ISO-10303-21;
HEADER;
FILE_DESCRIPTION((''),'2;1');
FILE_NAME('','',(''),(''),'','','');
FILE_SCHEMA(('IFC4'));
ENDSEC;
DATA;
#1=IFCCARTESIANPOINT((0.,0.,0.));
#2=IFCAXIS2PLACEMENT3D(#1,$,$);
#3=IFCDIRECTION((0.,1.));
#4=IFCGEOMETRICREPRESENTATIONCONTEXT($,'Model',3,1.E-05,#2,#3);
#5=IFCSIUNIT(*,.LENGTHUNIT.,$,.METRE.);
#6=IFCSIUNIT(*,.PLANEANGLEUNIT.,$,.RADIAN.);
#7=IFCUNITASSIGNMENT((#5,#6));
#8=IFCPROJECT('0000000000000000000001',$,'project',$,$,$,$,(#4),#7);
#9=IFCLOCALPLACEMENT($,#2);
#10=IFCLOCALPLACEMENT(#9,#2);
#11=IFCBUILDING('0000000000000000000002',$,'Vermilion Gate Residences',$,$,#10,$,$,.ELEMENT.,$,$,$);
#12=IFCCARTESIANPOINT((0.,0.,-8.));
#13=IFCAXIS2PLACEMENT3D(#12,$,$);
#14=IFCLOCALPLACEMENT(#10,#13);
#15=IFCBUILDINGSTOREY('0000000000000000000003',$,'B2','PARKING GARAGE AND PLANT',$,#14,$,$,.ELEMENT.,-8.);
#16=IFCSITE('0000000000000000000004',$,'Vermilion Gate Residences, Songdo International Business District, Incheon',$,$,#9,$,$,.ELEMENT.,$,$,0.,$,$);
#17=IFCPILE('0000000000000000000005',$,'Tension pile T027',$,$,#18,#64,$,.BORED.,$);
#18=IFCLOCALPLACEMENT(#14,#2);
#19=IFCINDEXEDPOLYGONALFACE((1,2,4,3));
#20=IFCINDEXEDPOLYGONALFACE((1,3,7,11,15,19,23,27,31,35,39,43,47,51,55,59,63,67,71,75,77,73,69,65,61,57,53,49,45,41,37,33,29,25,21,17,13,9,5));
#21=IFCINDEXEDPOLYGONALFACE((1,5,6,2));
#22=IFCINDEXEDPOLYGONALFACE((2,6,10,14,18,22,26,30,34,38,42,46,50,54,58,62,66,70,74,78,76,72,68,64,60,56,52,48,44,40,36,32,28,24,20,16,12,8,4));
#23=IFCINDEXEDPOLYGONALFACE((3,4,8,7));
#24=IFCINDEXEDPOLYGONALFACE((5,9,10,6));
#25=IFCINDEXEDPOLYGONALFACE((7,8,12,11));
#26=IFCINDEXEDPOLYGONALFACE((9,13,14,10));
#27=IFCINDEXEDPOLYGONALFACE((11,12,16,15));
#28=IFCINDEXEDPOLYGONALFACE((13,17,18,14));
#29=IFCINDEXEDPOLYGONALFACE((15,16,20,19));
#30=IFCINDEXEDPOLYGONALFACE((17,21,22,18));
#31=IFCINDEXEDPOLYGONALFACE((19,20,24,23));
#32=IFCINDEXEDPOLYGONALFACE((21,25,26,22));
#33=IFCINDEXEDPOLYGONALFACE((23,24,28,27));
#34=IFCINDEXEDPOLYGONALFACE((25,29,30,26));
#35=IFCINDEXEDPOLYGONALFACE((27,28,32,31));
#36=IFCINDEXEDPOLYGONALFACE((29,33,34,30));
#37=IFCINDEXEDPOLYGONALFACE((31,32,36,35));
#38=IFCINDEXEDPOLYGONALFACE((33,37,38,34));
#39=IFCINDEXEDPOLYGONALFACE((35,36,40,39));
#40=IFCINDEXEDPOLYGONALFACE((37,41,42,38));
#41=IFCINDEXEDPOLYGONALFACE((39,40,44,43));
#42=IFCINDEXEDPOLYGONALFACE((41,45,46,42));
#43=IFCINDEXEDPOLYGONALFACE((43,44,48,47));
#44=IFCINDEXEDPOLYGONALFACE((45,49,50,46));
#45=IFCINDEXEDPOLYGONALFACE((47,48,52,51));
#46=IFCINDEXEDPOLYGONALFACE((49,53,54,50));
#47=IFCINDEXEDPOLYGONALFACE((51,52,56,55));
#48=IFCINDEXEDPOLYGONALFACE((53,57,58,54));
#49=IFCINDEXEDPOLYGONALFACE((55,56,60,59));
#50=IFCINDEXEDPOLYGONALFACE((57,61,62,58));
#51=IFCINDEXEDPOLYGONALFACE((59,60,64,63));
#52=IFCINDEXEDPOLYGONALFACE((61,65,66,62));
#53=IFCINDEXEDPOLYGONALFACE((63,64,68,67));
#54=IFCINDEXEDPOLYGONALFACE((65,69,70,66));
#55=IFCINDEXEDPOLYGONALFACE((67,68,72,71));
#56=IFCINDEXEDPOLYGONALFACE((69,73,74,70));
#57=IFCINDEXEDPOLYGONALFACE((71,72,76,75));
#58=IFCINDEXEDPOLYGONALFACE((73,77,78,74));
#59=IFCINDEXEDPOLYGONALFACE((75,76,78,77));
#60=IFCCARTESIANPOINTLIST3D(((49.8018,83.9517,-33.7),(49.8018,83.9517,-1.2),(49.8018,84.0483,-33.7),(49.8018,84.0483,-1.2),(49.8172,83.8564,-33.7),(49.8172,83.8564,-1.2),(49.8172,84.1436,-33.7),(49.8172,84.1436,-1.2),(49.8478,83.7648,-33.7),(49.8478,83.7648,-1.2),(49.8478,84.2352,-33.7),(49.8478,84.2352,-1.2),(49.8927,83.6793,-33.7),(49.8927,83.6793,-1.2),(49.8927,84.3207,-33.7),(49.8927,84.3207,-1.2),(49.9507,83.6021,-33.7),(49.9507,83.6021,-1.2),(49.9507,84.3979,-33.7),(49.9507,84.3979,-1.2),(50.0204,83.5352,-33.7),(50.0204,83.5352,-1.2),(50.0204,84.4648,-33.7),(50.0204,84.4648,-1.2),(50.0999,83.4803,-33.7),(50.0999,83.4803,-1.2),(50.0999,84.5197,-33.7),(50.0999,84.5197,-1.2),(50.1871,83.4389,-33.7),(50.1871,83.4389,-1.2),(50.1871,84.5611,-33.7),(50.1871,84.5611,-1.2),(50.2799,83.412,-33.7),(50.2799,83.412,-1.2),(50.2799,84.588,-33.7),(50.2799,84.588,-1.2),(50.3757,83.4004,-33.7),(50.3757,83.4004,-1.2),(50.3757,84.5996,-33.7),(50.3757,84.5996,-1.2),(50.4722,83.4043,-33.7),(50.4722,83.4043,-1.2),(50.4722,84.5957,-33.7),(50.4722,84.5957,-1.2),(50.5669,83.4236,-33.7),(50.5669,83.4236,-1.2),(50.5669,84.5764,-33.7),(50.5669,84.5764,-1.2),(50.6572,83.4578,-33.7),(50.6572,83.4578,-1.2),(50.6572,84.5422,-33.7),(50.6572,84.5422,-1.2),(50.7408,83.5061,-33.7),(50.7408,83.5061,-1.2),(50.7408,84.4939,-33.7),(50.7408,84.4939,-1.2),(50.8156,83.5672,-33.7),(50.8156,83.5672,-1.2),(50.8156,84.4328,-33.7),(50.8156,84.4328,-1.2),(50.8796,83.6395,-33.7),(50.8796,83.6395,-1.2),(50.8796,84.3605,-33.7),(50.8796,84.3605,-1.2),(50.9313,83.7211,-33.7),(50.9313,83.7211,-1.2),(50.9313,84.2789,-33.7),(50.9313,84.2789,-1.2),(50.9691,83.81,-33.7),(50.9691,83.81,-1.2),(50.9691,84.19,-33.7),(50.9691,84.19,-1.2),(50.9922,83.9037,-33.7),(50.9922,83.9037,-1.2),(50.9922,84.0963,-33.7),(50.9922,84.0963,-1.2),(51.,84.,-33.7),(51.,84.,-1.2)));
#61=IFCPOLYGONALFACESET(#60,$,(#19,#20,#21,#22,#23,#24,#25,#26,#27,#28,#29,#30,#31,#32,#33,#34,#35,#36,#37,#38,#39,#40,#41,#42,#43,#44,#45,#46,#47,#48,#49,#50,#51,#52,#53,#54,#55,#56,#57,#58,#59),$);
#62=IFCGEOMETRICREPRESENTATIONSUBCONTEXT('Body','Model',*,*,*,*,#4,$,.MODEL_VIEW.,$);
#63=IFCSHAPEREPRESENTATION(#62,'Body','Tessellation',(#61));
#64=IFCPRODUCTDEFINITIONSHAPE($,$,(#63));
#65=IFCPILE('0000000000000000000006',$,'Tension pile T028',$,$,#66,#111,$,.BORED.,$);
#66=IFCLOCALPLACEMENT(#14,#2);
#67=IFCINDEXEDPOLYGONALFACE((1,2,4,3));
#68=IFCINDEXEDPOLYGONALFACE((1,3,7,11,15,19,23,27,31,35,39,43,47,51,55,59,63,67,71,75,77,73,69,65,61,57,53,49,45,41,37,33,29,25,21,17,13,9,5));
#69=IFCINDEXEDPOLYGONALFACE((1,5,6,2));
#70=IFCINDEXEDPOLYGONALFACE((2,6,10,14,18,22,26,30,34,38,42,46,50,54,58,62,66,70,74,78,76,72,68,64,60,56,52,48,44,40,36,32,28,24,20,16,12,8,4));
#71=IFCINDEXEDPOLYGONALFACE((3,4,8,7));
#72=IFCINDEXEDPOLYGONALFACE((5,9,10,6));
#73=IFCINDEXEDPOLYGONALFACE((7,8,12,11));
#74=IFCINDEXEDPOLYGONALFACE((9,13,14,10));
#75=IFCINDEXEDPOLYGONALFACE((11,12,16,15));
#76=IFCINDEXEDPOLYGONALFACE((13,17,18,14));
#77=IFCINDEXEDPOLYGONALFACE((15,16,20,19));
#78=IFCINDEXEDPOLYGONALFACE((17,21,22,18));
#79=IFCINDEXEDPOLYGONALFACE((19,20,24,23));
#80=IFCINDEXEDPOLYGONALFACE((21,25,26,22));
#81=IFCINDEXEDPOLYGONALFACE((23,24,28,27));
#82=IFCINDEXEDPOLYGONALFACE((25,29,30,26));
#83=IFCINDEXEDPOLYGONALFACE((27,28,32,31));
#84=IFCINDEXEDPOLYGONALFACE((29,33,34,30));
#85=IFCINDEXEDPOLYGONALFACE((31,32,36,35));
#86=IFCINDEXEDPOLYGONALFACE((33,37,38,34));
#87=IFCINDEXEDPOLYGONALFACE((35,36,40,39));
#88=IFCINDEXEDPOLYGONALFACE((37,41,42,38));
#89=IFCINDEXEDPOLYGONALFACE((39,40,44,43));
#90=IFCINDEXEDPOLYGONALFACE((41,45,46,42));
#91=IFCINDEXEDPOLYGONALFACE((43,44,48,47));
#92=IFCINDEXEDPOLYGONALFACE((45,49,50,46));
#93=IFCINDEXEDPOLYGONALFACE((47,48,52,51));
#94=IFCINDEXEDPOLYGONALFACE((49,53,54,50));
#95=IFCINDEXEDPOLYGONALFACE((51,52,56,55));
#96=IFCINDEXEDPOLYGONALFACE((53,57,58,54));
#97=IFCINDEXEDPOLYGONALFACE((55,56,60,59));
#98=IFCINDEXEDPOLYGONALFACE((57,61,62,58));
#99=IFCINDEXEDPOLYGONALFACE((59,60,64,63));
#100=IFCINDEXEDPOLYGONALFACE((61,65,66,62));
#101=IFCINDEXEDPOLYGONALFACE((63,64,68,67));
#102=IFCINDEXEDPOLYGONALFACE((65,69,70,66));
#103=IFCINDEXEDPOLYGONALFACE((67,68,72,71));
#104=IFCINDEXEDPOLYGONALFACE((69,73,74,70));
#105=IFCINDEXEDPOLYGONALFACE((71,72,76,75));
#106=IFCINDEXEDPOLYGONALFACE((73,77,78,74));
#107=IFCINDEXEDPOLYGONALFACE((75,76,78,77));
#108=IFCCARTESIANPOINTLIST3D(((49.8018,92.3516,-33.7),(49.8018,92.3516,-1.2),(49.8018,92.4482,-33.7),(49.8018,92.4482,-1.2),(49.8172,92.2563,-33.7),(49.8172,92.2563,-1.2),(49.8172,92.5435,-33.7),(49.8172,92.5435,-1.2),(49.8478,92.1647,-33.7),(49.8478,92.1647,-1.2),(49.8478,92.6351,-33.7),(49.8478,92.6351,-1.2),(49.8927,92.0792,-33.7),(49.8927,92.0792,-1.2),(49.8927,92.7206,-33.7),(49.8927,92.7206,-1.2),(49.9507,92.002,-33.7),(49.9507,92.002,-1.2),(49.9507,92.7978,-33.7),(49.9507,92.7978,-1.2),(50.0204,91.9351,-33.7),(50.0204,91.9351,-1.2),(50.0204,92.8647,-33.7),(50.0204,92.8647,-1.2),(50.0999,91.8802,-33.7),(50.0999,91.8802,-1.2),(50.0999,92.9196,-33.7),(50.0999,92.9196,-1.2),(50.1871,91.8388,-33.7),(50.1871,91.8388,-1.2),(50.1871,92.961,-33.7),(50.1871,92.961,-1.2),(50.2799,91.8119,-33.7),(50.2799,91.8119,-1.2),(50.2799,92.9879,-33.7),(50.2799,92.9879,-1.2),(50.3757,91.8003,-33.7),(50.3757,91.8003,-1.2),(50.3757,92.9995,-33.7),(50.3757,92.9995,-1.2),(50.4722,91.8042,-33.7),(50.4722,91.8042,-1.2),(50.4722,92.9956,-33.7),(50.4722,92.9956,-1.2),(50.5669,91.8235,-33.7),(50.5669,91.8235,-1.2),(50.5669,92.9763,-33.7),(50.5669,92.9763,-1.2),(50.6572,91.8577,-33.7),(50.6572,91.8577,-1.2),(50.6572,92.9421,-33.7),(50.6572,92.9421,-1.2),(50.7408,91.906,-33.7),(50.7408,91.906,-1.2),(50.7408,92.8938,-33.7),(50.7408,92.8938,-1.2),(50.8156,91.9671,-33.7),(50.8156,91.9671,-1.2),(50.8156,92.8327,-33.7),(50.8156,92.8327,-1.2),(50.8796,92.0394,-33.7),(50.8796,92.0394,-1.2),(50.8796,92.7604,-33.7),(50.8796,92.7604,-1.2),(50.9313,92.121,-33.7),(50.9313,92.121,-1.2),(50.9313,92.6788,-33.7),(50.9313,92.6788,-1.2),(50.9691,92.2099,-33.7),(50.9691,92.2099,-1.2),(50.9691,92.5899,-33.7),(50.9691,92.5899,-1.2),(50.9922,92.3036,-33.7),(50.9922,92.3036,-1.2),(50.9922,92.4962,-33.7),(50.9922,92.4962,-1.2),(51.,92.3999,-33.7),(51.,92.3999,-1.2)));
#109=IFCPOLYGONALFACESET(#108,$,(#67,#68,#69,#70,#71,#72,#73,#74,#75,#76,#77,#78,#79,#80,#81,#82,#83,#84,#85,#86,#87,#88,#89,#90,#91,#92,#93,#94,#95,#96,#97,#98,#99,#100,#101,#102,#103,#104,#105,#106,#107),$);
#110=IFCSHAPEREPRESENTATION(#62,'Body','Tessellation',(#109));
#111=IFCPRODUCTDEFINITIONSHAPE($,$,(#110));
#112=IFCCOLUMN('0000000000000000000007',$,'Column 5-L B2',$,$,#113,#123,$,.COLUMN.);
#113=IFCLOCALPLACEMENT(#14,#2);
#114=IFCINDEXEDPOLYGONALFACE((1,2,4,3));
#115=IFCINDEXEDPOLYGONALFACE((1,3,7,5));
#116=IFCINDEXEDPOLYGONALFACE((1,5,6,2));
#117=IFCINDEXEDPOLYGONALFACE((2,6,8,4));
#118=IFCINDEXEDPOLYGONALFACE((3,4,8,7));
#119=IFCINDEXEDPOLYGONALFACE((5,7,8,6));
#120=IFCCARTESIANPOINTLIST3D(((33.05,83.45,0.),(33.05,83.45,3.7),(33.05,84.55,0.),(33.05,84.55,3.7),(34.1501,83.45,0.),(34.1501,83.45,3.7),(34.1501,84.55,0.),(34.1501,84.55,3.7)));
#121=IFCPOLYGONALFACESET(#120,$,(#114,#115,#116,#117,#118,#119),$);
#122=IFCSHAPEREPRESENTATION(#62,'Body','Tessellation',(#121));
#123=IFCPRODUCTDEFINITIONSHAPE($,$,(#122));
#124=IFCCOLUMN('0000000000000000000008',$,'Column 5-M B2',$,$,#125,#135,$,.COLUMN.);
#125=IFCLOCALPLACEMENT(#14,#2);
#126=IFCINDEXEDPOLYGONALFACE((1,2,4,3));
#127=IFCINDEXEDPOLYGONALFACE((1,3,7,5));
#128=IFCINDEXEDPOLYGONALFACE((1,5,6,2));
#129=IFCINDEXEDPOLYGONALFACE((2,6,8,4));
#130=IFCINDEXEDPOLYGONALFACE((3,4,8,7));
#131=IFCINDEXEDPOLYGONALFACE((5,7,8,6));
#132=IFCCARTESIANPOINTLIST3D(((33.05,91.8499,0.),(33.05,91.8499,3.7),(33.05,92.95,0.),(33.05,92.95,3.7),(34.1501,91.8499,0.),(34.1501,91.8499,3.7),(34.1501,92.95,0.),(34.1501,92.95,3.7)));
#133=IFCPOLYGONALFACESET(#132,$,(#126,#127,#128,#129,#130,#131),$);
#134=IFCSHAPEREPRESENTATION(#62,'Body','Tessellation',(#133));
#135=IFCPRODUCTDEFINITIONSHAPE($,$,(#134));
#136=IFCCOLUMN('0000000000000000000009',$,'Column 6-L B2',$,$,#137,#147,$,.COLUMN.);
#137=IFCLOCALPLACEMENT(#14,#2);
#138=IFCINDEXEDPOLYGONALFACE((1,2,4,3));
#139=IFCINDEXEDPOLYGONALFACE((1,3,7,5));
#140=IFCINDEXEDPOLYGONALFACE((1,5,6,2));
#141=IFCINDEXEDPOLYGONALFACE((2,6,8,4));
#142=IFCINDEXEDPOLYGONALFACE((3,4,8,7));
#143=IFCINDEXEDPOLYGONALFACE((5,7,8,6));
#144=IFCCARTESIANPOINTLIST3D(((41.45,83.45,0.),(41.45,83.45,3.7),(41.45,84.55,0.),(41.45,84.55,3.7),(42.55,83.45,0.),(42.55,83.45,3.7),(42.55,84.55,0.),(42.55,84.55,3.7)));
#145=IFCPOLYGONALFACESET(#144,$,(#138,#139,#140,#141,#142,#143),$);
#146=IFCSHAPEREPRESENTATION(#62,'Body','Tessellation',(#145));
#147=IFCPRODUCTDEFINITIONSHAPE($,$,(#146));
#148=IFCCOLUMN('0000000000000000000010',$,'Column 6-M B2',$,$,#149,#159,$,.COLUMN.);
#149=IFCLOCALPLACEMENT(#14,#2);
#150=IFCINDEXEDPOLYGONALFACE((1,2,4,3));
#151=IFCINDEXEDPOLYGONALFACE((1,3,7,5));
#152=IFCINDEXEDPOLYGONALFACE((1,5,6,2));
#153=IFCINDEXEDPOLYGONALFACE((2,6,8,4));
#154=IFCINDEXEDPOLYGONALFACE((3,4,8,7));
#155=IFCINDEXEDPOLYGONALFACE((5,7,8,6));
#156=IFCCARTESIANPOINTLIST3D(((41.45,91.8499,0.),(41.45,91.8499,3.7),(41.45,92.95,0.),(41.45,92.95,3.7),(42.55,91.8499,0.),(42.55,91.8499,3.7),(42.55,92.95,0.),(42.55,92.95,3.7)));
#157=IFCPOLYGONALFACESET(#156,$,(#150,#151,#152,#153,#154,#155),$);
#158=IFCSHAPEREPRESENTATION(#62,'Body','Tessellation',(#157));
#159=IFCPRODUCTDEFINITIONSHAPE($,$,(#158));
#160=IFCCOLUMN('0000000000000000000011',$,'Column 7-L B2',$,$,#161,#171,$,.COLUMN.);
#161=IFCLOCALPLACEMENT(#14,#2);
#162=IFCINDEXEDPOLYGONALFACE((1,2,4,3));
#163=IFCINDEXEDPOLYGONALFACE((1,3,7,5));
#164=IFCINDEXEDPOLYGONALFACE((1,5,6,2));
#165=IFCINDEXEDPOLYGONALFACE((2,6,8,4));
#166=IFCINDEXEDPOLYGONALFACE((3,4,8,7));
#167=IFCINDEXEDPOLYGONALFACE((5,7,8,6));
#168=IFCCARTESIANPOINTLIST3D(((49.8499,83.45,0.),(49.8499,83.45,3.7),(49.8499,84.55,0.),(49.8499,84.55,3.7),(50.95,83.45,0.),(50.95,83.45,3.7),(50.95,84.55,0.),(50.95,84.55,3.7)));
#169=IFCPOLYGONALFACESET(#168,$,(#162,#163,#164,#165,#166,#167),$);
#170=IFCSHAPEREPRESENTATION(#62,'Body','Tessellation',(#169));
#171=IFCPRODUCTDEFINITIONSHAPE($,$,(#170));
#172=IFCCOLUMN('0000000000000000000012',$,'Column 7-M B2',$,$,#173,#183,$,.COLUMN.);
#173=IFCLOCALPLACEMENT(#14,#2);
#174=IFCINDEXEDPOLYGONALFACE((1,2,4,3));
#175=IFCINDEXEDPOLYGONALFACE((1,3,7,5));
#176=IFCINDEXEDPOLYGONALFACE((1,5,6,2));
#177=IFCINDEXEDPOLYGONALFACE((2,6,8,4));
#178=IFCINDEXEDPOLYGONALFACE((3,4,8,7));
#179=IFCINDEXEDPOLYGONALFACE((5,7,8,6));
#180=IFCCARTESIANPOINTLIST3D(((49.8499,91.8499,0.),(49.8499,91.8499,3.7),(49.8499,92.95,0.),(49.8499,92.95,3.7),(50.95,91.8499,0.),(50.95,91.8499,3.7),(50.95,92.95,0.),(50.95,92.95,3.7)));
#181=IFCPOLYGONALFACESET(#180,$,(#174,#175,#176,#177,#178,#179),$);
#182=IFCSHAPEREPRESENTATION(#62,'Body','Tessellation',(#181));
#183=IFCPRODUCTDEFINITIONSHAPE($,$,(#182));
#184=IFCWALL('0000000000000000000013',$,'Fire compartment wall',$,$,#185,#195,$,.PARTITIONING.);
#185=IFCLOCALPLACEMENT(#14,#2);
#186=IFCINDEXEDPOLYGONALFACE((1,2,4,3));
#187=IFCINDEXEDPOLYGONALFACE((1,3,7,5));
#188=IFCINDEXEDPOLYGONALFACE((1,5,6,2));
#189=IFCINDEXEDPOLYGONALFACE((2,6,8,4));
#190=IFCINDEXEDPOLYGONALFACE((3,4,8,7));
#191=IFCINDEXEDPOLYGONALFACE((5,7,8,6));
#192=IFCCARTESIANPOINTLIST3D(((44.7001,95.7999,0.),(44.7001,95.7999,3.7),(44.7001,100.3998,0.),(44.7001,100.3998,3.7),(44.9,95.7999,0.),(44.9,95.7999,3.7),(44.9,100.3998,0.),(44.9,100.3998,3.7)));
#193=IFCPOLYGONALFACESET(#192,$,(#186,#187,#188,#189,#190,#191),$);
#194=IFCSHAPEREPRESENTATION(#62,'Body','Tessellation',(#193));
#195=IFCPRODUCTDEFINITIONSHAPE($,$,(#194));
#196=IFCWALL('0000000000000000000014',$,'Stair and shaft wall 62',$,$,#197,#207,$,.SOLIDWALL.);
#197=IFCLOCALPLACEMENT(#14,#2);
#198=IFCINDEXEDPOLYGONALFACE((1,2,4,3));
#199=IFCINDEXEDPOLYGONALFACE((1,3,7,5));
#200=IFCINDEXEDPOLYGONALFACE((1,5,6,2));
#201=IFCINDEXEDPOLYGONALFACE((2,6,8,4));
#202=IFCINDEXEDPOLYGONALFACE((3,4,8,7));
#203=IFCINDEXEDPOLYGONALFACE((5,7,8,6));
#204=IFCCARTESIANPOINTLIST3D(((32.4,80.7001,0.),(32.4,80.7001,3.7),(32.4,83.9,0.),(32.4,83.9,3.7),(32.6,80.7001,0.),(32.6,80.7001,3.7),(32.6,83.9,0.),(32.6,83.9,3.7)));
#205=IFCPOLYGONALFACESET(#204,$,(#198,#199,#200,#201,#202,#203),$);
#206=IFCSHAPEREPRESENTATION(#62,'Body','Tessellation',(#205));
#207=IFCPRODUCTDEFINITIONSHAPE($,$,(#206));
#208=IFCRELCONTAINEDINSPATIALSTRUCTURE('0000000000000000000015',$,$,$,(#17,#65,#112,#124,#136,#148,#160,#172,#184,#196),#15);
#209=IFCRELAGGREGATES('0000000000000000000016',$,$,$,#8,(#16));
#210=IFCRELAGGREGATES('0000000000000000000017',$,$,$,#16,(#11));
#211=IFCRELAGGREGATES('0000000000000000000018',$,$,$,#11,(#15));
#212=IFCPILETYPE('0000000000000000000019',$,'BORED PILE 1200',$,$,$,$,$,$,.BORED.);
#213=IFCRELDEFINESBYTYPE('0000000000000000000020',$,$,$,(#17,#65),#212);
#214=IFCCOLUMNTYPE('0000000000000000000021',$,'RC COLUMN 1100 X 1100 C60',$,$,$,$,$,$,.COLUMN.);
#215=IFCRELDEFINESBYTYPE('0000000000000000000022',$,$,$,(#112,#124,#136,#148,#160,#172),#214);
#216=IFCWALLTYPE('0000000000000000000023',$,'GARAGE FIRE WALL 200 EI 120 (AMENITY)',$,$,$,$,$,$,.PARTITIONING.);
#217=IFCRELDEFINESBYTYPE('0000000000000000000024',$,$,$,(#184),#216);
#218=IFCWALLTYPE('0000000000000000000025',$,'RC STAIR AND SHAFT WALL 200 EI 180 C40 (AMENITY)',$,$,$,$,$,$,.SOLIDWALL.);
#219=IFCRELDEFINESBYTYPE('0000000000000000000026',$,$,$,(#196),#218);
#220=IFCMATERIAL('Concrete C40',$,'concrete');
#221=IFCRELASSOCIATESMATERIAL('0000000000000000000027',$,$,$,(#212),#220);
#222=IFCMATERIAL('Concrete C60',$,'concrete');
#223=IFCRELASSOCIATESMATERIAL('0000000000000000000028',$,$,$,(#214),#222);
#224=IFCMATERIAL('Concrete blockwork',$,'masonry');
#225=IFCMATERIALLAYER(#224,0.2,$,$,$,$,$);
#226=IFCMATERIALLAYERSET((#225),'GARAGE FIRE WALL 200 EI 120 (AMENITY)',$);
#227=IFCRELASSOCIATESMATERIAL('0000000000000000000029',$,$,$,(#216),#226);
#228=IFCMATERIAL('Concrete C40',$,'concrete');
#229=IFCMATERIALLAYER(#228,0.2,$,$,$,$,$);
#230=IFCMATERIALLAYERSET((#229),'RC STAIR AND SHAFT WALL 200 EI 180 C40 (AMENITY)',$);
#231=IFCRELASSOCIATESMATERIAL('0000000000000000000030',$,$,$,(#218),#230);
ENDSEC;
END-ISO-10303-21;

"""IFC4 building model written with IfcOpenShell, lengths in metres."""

from ifc_helpers import new_model, si_unit, direction, frame, frame_2d, origin, origin_2d, place, context, subcontext, project, spatial, rectangle, circle, extrude, material, layer, layer_set, material_profile, profile_set, type_object, element, save


model = new_model("IFC4")

# Units and contexts
model_context = context("Model", 3, precision=1e-05, world=origin(), true_north=direction((0.0, 1.0)))
body_context = subcontext(model_context, "Body", "Model", "MODEL_VIEW")
ifc_project = project(units=[si_unit("LENGTHUNIT", "METRE"), si_unit("PLANEANGLEUNIT", "RADIAN")], contexts=[model_context])

# Site, building, storey
site_placement = place(None, origin())
site = spatial("IfcSite", under=ifc_project, at=site_placement, Name="Vermilion Gate Residences, Songdo International Business District, Incheon", CompositionType="ELEMENT", RefElevation=0.0)
building_placement = place(site_placement, origin())
building = spatial("IfcBuilding", under=site, at=building_placement, Name="Vermilion Gate Residences", CompositionType="ELEMENT")
storey_placement = place(building_placement, frame((0.0, 0.0, -8.0)))
storey = spatial("IfcBuildingStorey", under=building, at=storey_placement, Name="B2", Description="PARKING GARAGE AND PLANT", CompositionType="ELEMENT", Elevation=-8.0)

# Piles
ifc_material_1 = material(Name="Concrete C40", Category="concrete")
ifc_material_profile_1 = material_profile(ifc_material_1, circle(Radius=0.6001, at=origin_2d()), Name="BORED PILE 1200")
ifc_profile_set_1 = profile_set([ifc_material_profile_1], Name="Concrete C40")
pile_type = type_object("IfcPileType", Name="BORED PILE 1200", PredefinedType="BORED", material=ifc_profile_set_1)
for number, where, z_axis, x_axis, name in (
    (1, (50.3999, 84.0, -1.2), (0.0, 0.0, -1.0), (1.0, 0.0, 0.0), "Tension pile T027"),
    (2, (50.3999, 92.3999, -1.2), (0.0, 0.0, -1.0), (1.0, 0.0, 0.0), "Tension pile T028"),
):
    element("IfcPile", number, at=place(storey_placement, frame(where, z_axis=z_axis, x_axis=x_axis)), inside=storey, type_object=pile_type, Name=name, PredefinedType="BORED", context=body_context, shape_type="SweptSolid", body=[
        extrude(circle(Radius=0.6001, at=origin_2d()), origin(), (0.0, 0.0, 1.0), 32.5),
    ])

# Columns
ifc_material_2 = material(Name="Concrete C60", Category="concrete")
ifc_material_profile_2 = material_profile(ifc_material_2, rectangle(XDim=1.1001, YDim=1.1001, at=origin_2d()), Name="RC-1100x1100")
ifc_profile_set_2 = profile_set([ifc_material_profile_2], Name="Concrete C60")
column_type = type_object("IfcColumnType", Name="RC COLUMN 1100 X 1100 C60", PredefinedType="COLUMN", material=ifc_profile_set_2)
for number, where, z_axis, x_axis, name in (
    (3, (33.6001, 84.0, 0.0), (0.0, 0.0, 1.0), (1.0, 0.0, 0.0), "Column 5-L B2"),
    (4, (33.6001, 92.3999, 0.0), (0.0, 0.0, 1.0), (1.0, 0.0, 0.0), "Column 5-M B2"),
    (5, (42.0, 84.0, 0.0), (0.0, 0.0, 1.0), (1.0, 0.0, 0.0), "Column 6-L B2"),
    (6, (42.0, 92.3999, 0.0), (0.0, 0.0, 1.0), (1.0, 0.0, 0.0), "Column 6-M B2"),
    (7, (50.3999, 84.0, 0.0), (0.0, 0.0, 1.0), (1.0, 0.0, 0.0), "Column 7-L B2"),
    (8, (50.3999, 92.3999, 0.0), (0.0, 0.0, 1.0), (1.0, 0.0, 0.0), "Column 7-M B2"),
):
    element("IfcColumn", number, at=place(storey_placement, frame(where, z_axis=z_axis, x_axis=x_axis)), inside=storey, type_object=column_type, Name=name, PredefinedType="COLUMN", context=body_context, shape_type="SweptSolid", body=[
        extrude(rectangle(XDim=1.1001, YDim=1.1001, at=origin_2d()), origin(), (0.0, 0.0, 1.0), 3.7),
    ])

# Shared definitions
ifc_material_3 = material(Name="Concrete blockwork", Category="masonry")
ifc_layer_1 = layer(ifc_material_3, 0.2)
ifc_layer_set_1 = layer_set([ifc_layer_1], Name="GARAGE FIRE WALL 200 EI 120 (AMENITY)")
wall_type_1 = type_object("IfcWallType", Name="GARAGE FIRE WALL 200 EI 120 (AMENITY)", PredefinedType="PARTITIONING", material=ifc_layer_set_1)

# Walls
wall_1_placement = place(storey_placement, frame((44.8, 95.8, 0.0), z_axis=(0.0, 0.0, 1.0), x_axis=(0.0, 1.0, 0.0)))
element("IfcWall", 9, at=wall_1_placement, inside=storey, type_object=wall_type_1, Name="Fire compartment wall", PredefinedType="PARTITIONING", context=body_context, shape_type="SweptSolid", body=[
    extrude(rectangle(XDim=4.5999, YDim=0.2, at=frame_2d((2.2998, 0.0))), origin(), (0.0, 0.0, 1.0), 3.7),
])
ifc_material_4 = material(Name="Concrete C40", Category="concrete")
ifc_layer_2 = layer(ifc_material_4, 0.2)
ifc_layer_set_2 = layer_set([ifc_layer_2], Name="RC STAIR AND SHAFT WALL 200 EI 180 C40 (AMENITY)")
wall_type_2 = type_object("IfcWallType", Name="RC STAIR AND SHAFT WALL 200 EI 180 C40 (AMENITY)", PredefinedType="SOLIDWALL", material=ifc_layer_set_2)
for number, where, z_axis, x_axis, name in (
    (10, (32.5, 80.7, 0.0), (0.0, 0.0, 1.0), (0.0, 1.0, 0.0), "Stair and shaft wall 62"),
):
    element("IfcWall", number, at=place(storey_placement, frame(where, z_axis=z_axis, x_axis=x_axis)), inside=storey, type_object=wall_type_2, Name=name, PredefinedType="SOLIDWALL", context=body_context, shape_type="SweptSolid", body=[
        extrude(rectangle(XDim=3.2, YDim=0.2, at=frame_2d((1.6001, 0.0))), origin(), (0.0, 0.0, 1.0), 3.7),
    ])

save(model, "model.ifc")
